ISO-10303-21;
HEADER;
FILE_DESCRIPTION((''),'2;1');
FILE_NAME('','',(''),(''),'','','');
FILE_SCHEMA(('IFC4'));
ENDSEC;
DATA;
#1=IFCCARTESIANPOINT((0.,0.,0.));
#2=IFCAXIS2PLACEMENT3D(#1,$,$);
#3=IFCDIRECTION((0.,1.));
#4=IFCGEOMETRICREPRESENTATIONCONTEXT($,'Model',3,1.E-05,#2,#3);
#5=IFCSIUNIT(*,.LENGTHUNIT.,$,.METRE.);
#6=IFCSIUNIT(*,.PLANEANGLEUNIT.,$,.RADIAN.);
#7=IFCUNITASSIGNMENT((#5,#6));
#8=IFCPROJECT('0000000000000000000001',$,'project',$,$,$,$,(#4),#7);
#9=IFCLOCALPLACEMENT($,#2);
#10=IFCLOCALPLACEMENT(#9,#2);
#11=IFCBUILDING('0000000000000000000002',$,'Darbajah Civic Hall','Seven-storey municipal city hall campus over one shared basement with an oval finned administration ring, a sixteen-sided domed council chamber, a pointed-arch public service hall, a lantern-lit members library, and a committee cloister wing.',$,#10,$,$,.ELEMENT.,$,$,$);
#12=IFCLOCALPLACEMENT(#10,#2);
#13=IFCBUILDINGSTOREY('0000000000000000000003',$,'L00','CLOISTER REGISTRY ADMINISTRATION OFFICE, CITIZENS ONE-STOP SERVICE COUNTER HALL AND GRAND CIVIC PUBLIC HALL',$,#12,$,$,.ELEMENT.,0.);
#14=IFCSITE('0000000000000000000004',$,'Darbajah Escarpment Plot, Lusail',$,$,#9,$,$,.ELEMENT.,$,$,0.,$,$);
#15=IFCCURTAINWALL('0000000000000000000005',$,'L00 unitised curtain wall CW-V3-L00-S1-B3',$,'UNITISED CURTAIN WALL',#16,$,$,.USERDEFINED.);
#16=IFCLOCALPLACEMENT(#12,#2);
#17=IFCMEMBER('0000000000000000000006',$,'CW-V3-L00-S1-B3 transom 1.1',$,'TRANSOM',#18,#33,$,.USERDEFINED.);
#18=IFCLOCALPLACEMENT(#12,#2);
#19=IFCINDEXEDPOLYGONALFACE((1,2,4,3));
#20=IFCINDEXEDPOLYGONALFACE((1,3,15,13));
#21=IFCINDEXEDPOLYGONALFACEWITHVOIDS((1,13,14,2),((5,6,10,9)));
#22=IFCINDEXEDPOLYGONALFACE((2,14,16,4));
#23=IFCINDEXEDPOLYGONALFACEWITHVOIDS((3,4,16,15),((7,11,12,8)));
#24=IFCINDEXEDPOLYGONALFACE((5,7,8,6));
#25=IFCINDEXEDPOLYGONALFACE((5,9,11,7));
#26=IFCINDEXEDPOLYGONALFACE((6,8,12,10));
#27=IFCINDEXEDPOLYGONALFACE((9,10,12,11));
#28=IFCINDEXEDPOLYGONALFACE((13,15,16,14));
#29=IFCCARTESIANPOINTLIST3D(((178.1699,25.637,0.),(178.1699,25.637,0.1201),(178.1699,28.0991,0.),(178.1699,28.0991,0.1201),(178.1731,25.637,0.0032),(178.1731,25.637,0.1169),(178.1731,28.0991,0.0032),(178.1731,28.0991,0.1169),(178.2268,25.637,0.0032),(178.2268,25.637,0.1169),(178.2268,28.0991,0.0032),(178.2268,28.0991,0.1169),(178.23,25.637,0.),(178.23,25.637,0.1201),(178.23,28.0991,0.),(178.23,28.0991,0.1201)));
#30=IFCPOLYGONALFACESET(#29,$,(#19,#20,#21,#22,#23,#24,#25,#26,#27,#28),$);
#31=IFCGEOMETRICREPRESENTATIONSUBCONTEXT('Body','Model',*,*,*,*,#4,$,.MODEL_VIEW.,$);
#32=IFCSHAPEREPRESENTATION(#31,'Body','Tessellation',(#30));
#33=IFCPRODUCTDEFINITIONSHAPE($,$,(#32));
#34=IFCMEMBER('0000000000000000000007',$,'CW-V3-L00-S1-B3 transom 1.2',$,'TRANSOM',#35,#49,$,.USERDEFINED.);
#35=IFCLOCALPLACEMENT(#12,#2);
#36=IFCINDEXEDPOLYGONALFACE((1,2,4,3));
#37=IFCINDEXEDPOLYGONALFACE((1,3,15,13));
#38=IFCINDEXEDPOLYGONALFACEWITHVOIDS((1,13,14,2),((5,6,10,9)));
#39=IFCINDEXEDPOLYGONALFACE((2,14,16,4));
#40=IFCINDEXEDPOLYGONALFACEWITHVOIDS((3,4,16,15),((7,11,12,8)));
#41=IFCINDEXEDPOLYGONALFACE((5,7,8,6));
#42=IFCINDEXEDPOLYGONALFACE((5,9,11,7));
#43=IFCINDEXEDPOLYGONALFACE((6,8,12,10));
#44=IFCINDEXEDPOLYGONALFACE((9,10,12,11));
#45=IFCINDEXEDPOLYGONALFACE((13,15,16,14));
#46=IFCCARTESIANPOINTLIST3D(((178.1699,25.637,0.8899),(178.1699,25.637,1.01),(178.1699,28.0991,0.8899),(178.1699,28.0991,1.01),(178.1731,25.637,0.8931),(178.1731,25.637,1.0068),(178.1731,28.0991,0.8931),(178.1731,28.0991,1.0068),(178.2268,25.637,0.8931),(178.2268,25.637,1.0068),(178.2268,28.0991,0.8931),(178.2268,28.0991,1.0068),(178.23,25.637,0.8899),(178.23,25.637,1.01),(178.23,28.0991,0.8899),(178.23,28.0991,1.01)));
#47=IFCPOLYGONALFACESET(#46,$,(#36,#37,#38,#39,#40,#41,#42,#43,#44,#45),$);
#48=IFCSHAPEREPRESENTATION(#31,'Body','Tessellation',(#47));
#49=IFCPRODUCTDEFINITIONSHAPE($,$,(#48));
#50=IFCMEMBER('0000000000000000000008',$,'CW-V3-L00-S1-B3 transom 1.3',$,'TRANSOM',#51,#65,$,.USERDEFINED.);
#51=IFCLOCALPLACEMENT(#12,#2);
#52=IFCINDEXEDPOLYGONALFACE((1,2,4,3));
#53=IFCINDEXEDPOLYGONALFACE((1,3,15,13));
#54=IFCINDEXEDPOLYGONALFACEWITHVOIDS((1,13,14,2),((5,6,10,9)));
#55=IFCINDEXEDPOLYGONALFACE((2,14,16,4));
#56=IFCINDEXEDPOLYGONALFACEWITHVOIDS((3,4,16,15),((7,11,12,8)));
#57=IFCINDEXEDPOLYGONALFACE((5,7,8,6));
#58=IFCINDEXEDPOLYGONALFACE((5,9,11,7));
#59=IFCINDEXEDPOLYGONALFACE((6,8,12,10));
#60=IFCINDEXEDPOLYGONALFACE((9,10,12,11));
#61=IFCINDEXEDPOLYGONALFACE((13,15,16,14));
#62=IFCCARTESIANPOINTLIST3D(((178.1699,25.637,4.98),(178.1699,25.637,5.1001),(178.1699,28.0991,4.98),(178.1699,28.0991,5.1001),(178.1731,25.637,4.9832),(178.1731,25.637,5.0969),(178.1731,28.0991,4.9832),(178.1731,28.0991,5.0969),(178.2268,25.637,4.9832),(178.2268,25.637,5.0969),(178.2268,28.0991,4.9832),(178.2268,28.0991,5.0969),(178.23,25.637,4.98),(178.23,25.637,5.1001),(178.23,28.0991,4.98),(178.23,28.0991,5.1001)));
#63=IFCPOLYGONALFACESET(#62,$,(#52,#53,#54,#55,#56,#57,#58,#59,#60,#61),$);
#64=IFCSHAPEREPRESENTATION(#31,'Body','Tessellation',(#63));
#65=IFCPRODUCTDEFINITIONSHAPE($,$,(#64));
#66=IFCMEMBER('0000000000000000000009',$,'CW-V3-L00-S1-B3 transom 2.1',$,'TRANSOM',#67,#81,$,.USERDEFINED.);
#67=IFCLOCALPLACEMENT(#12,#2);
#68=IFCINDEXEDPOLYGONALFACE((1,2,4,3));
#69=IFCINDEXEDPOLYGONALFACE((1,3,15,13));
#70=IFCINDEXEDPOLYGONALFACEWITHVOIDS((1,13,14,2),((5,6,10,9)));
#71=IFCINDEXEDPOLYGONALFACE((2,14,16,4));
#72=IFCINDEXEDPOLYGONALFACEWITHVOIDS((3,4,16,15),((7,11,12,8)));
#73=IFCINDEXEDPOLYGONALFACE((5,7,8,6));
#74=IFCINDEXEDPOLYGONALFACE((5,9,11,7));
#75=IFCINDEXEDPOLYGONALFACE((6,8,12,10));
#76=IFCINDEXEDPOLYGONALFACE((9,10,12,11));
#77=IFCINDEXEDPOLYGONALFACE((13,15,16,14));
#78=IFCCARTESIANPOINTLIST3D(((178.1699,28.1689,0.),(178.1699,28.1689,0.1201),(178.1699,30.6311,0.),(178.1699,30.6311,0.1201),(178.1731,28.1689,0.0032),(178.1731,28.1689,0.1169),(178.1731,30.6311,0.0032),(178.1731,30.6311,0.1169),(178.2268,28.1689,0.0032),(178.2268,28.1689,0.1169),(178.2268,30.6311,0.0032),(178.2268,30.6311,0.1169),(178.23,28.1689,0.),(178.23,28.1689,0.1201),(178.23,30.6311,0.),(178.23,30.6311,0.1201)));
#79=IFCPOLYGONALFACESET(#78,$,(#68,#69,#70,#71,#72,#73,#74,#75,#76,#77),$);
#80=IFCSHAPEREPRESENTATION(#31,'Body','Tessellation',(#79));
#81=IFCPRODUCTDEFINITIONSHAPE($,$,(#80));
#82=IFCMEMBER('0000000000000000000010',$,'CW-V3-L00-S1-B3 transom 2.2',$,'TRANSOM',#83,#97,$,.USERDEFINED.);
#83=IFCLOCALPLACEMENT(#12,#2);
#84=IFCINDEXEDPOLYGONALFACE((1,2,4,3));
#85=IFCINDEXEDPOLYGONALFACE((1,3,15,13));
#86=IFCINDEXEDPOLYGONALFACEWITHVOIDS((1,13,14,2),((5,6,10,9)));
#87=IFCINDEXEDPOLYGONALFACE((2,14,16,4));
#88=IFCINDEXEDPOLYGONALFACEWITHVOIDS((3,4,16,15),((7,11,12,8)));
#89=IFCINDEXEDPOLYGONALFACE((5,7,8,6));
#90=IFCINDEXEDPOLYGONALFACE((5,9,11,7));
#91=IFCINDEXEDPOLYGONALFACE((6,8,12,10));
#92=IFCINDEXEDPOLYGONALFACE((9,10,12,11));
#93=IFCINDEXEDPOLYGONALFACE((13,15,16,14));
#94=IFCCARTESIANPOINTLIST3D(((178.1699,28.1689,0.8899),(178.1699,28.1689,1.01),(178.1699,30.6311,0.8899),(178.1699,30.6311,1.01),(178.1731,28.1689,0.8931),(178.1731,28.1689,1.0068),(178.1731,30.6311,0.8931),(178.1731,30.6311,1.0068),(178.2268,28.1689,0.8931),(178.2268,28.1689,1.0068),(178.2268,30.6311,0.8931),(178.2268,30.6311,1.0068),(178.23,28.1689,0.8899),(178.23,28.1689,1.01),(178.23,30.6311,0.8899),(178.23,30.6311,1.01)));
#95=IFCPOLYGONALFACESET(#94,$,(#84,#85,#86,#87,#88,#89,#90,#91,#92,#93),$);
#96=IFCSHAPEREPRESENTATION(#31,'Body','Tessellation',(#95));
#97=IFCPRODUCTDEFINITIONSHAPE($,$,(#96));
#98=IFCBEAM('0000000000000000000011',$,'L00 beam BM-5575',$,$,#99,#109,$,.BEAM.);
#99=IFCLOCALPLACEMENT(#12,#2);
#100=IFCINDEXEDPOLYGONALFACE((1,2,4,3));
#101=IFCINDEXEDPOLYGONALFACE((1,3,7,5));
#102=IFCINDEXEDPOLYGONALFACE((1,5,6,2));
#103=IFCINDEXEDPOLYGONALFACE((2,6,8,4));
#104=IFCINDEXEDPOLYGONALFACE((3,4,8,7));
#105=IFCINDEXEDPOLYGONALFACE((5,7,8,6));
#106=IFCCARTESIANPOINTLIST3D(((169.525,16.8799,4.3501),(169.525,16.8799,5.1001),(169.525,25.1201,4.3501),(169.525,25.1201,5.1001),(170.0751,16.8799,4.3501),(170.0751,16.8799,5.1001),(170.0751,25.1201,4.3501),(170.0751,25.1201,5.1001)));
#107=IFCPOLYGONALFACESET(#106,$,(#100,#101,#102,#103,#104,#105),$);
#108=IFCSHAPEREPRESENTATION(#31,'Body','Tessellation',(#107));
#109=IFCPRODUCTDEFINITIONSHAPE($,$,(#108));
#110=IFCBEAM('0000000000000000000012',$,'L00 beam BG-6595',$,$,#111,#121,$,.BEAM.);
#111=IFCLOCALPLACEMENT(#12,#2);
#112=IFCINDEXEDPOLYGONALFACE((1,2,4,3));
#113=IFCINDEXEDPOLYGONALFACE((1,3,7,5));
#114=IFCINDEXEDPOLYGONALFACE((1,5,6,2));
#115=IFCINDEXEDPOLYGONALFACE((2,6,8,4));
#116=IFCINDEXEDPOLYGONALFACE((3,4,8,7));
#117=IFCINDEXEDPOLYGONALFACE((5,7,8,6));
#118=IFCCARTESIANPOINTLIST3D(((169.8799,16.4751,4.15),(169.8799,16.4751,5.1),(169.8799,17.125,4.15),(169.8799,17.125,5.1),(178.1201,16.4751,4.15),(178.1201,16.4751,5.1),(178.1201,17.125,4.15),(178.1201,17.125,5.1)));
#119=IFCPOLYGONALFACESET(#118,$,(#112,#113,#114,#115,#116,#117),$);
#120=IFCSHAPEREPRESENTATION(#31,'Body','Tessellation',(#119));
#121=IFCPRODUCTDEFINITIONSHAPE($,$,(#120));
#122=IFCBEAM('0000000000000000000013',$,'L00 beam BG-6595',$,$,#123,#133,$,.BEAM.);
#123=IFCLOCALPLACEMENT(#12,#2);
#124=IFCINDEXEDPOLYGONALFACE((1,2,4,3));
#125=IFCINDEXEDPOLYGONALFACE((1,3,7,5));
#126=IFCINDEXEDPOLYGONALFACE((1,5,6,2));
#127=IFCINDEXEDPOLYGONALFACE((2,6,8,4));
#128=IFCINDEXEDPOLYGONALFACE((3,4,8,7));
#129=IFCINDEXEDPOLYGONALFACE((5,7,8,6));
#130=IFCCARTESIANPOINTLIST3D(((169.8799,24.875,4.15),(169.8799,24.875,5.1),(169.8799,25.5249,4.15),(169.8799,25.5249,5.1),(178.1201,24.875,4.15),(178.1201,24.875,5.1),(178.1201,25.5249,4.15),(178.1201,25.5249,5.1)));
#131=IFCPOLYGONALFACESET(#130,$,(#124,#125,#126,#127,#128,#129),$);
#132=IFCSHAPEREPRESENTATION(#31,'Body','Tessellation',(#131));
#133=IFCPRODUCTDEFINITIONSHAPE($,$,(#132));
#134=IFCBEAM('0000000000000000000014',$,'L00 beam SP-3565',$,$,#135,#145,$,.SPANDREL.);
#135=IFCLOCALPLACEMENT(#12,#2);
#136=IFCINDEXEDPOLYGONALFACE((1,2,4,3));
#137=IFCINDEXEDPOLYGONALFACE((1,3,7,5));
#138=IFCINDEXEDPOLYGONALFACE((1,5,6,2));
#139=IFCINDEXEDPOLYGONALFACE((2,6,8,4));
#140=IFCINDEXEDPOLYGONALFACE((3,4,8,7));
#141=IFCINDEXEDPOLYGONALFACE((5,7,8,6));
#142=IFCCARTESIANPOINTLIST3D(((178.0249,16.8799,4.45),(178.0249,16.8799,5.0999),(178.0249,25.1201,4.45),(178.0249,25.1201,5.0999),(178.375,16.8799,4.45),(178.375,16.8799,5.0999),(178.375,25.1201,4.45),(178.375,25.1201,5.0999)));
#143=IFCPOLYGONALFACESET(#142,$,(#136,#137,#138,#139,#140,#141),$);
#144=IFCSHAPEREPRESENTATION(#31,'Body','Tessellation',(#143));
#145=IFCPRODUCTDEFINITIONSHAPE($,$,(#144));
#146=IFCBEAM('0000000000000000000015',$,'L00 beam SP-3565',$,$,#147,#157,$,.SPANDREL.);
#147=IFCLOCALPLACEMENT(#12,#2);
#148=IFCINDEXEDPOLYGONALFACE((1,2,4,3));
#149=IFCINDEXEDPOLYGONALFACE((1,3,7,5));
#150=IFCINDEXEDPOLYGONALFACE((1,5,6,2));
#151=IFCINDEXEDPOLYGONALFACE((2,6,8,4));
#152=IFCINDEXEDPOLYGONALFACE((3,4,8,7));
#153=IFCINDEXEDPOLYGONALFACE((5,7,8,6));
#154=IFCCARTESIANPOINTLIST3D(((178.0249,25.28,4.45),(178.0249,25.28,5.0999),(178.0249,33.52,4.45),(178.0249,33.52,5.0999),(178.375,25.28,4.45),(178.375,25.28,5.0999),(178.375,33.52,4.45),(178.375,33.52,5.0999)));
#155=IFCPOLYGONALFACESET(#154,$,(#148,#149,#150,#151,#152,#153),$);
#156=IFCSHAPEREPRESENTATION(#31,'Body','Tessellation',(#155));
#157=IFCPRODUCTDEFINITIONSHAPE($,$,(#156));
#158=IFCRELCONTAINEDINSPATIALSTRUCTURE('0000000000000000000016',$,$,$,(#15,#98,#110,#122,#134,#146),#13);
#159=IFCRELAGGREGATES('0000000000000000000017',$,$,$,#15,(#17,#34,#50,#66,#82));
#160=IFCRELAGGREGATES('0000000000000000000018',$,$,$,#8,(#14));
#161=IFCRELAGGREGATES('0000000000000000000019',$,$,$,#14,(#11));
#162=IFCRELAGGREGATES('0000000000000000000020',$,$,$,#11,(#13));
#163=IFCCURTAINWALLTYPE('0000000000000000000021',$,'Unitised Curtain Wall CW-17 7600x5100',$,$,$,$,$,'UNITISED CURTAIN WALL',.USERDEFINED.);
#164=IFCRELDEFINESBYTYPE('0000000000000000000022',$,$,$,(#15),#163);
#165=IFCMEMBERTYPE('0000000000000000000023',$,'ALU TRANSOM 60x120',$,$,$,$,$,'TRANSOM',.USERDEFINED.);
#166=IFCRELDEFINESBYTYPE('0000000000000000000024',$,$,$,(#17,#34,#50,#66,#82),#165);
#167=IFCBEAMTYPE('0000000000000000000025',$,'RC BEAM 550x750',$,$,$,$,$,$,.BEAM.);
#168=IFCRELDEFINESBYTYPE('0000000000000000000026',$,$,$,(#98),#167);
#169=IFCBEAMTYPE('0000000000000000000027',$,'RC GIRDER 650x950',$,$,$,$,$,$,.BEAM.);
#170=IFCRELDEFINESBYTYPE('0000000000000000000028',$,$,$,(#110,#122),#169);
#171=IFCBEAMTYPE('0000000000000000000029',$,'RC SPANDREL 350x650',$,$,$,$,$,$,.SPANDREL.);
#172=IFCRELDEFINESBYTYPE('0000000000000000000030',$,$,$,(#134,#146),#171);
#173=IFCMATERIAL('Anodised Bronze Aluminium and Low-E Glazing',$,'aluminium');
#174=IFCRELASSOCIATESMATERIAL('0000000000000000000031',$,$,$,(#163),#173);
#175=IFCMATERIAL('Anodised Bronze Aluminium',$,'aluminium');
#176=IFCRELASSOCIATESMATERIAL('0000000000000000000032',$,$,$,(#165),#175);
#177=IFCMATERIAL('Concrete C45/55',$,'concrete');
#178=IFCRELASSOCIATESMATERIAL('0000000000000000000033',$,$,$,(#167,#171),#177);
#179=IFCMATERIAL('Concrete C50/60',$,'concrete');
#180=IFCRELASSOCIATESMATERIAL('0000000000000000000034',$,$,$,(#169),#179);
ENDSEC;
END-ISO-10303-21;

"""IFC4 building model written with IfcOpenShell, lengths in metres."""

from ifc_helpers import new_model, si_unit, direction, frame, origin, origin_2d, place, context, subcontext, project, spatial, rectangle, hollow_rectangle, extrude, material, material_profile, profile_set, type_object, element, aggregate, save


model = new_model("IFC4")

# Units and contexts
model_context = context("Model", 3, precision=1e-05, world=origin(), true_north=direction((0.0, 1.0)))
body_context = subcontext(model_context, "Body", "Model", "MODEL_VIEW")
ifc_project = project(units=[si_unit("LENGTHUNIT", "METRE"), si_unit("PLANEANGLEUNIT", "RADIAN")], contexts=[model_context])

# Site, building, storey
site_placement = place(None, origin())
site = spatial("IfcSite", under=ifc_project, at=site_placement, Name="Darbajah Escarpment Plot, Lusail", CompositionType="ELEMENT", RefElevation=0.0)
building_placement = place(site_placement, origin())
building = spatial("IfcBuilding", under=site, at=building_placement, Name="Darbajah Civic Hall", Description="Seven-storey municipal city hall campus over one shared basement with an oval finned administration ring, a sixteen-sided domed council chamber, a pointed-arch public service hall, a lantern-lit members library, and a committee cloister wing.", CompositionType="ELEMENT")
storey_placement = place(building_placement, origin())
storey = spatial("IfcBuildingStorey", under=building, at=storey_placement, Name="L00", Description="CLOISTER REGISTRY ADMINISTRATION OFFICE, CITIZENS ONE-STOP SERVICE COUNTER HALL AND GRAND CIVIC PUBLIC HALL", CompositionType="ELEMENT", Elevation=0.0)

# Shared definitions
ifc_material_1 = material(Name="Concrete C50/60", Category="concrete")

# Curtain wall
ifc_material_2 = material(Name="Anodised Bronze Aluminium and Low-E Glazing", Category="aluminium")
curtain_wall_type = type_object("IfcCurtainWallType", Name="Unitised Curtain Wall CW-17 7600x5100", ElementType="UNITISED CURTAIN WALL", PredefinedType="USERDEFINED", material=ifc_material_2)
ifc_material_3 = material(Name="Anodised Bronze Aluminium", Category="aluminium")
curtain_wall_1_placement = place(storey_placement, origin())
curtain_wall_1 = element("IfcCurtainWall", 1, at=curtain_wall_1_placement, inside=storey, type_object=curtain_wall_type, Name="L00 unitised curtain wall CW-V3-L00-S1-B3", ObjectType="UNITISED CURTAIN WALL", PredefinedType="USERDEFINED")

# Members
ifc_material_profile_1 = material_profile(ifc_material_3, hollow_rectangle(XDim=0.0601, YDim=0.1201, WallThickness=0.0032, at=origin_2d()), Name="ALU TRANSOM 60x120")
ifc_profile_set_1 = profile_set([ifc_material_profile_1], Name="Anodised Bronze Aluminium")
member_type_1 = type_object("IfcMemberType", Name="ALU TRANSOM 60x120", ElementType="TRANSOM", PredefinedType="USERDEFINED", material=ifc_profile_set_1)
member_1_placement = place(storey_placement, frame((178.2, 25.637, 0.0601), z_axis=(0.0, 1.0, 0.0), x_axis=(-1.0, 0.0, 0.0)))
member_1 = element("IfcMember", 2, at=member_1_placement, type_object=member_type_1, Name="CW-V3-L00-S1-B3 transom 1.1", ObjectType="TRANSOM", PredefinedType="USERDEFINED", context=body_context, shape_type="SweptSolid", body=[
    extrude(hollow_rectangle(XDim=0.0601, YDim=0.1201, WallThickness=0.0032, at=origin_2d()), origin(), (0.0, 0.0, 1.0), 2.4622),
])
member_2_placement = place(storey_placement, frame((178.2, 25.637, 0.95), z_axis=(0.0, 1.0, 0.0), x_axis=(-1.0, 0.0, 0.0)))
member_2 = element("IfcMember", 3, at=member_2_placement, type_object=member_type_1, Name="CW-V3-L00-S1-B3 transom 1.2", ObjectType="TRANSOM", PredefinedType="USERDEFINED", context=body_context, shape_type="SweptSolid", body=[
    extrude(hollow_rectangle(XDim=0.0601, YDim=0.1201, WallThickness=0.0032, at=origin_2d()), origin(), (0.0, 0.0, 1.0), 2.4622),
])
member_3_placement = place(storey_placement, frame((178.2, 25.637, 5.04), z_axis=(0.0, 1.0, 0.0), x_axis=(-1.0, 0.0, 0.0)))
member_3 = element("IfcMember", 4, at=member_3_placement, type_object=member_type_1, Name="CW-V3-L00-S1-B3 transom 1.3", ObjectType="TRANSOM", PredefinedType="USERDEFINED", context=body_context, shape_type="SweptSolid", body=[
    extrude(hollow_rectangle(XDim=0.0601, YDim=0.1201, WallThickness=0.0032, at=origin_2d()), origin(), (0.0, 0.0, 1.0), 2.4622),
])
member_4_placement = place(storey_placement, frame((178.2, 28.1689, 0.0601), z_axis=(0.0, 1.0, 0.0), x_axis=(-1.0, 0.0, 0.0)))
member_4 = element("IfcMember", 5, at=member_4_placement, type_object=member_type_1, Name="CW-V3-L00-S1-B3 transom 2.1", ObjectType="TRANSOM", PredefinedType="USERDEFINED", context=body_context, shape_type="SweptSolid", body=[
    extrude(hollow_rectangle(XDim=0.0601, YDim=0.1201, WallThickness=0.0032, at=origin_2d()), origin(), (0.0, 0.0, 1.0), 2.4622),
])
member_5_placement = place(storey_placement, frame((178.2, 28.1689, 0.95), z_axis=(0.0, 1.0, 0.0), x_axis=(-1.0, 0.0, 0.0)))
member_5 = element("IfcMember", 6, at=member_5_placement, type_object=member_type_1, Name="CW-V3-L00-S1-B3 transom 2.2", ObjectType="TRANSOM", PredefinedType="USERDEFINED", context=body_context, shape_type="SweptSolid", body=[
    extrude(hollow_rectangle(XDim=0.0601, YDim=0.1201, WallThickness=0.0032, at=origin_2d()), origin(), (0.0, 0.0, 1.0), 2.4622),
])

# Beams
ifc_material_4 = material(Name="Concrete C45/55", Category="concrete")
ifc_material_profile_2 = material_profile(ifc_material_4, rectangle(XDim=0.55, YDim=0.75, at=origin_2d()), Name="RC BEAM 550x750")
ifc_profile_set_2 = profile_set([ifc_material_profile_2], Name="Concrete C45/55")
beam_type_1 = type_object("IfcBeamType", Name="RC BEAM 550x750", PredefinedType="BEAM", material=ifc_profile_set_2)
beam_1_placement = place(storey_placement, frame((169.8, 16.8799, 4.7251), z_axis=(0.0, 1.0, 0.0), x_axis=(-1.0, 0.0, 0.0)))
element("IfcBeam", 7, at=beam_1_placement, inside=storey, type_object=beam_type_1, Name="L00 beam BM-5575", PredefinedType="BEAM", context=body_context, shape_type="SweptSolid", body=[
    extrude(rectangle(XDim=0.55, YDim=0.75, at=origin_2d()), origin(), (0.0, 0.0, 1.0), 8.2402),
])
ifc_material_profile_3 = material_profile(ifc_material_1, rectangle(XDim=0.6499, YDim=0.95, at=origin_2d()), Name="RC GIRDER 650x950")
ifc_profile_set_3 = profile_set([ifc_material_profile_3], Name="Concrete C50/60")
beam_type_2 = type_object("IfcBeamType", Name="RC GIRDER 650x950", PredefinedType="BEAM", material=ifc_profile_set_3)
for number, where, z_axis, x_axis, name in (
    (8, (169.8799, 16.8, 4.625), (1.0, 0.0, 0.0), (0.0, 1.0, 0.0), "L00 beam BG-6595"),
    (9, (169.8799, 25.2, 4.625), (1.0, 0.0, 0.0), (0.0, 1.0, 0.0), "L00 beam BG-6595"),
):
    element("IfcBeam", number, at=place(storey_placement, frame(where, z_axis=z_axis, x_axis=x_axis)), inside=storey, type_object=beam_type_2, Name=name, PredefinedType="BEAM", context=body_context, shape_type="SweptSolid", body=[
        extrude(rectangle(XDim=0.6499, YDim=0.95, at=origin_2d()), origin(), (0.0, 0.0, 1.0), 8.2402),
    ])
ifc_material_profile_4 = material_profile(ifc_material_4, rectangle(XDim=0.3501, YDim=0.6499, at=origin_2d()), Name="RC SPANDREL 350x650")
ifc_profile_set_4 = profile_set([ifc_material_profile_4], Name="Concrete C45/55")
beam_type_3 = type_object("IfcBeamType", Name="RC SPANDREL 350x650", PredefinedType="SPANDREL", material=ifc_profile_set_4)
beam_2_placement = place(storey_placement, frame((178.2, 16.8799, 4.7749), z_axis=(0.0, 1.0, 0.0), x_axis=(-1.0, 0.0, 0.0)))
element("IfcBeam", 10, at=beam_2_placement, inside=storey, type_object=beam_type_3, Name="L00 beam SP-3565", PredefinedType="SPANDREL", context=body_context, shape_type="SweptSolid", body=[
    extrude(rectangle(XDim=0.3501, YDim=0.6499, at=origin_2d()), origin(), (0.0, 0.0, 1.0), 8.2402),
])
beam_3_placement = place(storey_placement, frame((178.2, 25.28, 4.7749), z_axis=(0.0, 1.0, 0.0), x_axis=(-1.0, 0.0, 0.0)))
element("IfcBeam", 11, at=beam_3_placement, inside=storey, type_object=beam_type_3, Name="L00 beam SP-3565", PredefinedType="SPANDREL", context=body_context, shape_type="SweptSolid", body=[
    extrude(rectangle(XDim=0.3501, YDim=0.6499, at=origin_2d()), origin(), (0.0, 0.0, 1.0), 8.24),
])

aggregate(curtain_wall_1, [member_1, member_2, member_3, member_4, member_5])

save(model, "model.ifc")
